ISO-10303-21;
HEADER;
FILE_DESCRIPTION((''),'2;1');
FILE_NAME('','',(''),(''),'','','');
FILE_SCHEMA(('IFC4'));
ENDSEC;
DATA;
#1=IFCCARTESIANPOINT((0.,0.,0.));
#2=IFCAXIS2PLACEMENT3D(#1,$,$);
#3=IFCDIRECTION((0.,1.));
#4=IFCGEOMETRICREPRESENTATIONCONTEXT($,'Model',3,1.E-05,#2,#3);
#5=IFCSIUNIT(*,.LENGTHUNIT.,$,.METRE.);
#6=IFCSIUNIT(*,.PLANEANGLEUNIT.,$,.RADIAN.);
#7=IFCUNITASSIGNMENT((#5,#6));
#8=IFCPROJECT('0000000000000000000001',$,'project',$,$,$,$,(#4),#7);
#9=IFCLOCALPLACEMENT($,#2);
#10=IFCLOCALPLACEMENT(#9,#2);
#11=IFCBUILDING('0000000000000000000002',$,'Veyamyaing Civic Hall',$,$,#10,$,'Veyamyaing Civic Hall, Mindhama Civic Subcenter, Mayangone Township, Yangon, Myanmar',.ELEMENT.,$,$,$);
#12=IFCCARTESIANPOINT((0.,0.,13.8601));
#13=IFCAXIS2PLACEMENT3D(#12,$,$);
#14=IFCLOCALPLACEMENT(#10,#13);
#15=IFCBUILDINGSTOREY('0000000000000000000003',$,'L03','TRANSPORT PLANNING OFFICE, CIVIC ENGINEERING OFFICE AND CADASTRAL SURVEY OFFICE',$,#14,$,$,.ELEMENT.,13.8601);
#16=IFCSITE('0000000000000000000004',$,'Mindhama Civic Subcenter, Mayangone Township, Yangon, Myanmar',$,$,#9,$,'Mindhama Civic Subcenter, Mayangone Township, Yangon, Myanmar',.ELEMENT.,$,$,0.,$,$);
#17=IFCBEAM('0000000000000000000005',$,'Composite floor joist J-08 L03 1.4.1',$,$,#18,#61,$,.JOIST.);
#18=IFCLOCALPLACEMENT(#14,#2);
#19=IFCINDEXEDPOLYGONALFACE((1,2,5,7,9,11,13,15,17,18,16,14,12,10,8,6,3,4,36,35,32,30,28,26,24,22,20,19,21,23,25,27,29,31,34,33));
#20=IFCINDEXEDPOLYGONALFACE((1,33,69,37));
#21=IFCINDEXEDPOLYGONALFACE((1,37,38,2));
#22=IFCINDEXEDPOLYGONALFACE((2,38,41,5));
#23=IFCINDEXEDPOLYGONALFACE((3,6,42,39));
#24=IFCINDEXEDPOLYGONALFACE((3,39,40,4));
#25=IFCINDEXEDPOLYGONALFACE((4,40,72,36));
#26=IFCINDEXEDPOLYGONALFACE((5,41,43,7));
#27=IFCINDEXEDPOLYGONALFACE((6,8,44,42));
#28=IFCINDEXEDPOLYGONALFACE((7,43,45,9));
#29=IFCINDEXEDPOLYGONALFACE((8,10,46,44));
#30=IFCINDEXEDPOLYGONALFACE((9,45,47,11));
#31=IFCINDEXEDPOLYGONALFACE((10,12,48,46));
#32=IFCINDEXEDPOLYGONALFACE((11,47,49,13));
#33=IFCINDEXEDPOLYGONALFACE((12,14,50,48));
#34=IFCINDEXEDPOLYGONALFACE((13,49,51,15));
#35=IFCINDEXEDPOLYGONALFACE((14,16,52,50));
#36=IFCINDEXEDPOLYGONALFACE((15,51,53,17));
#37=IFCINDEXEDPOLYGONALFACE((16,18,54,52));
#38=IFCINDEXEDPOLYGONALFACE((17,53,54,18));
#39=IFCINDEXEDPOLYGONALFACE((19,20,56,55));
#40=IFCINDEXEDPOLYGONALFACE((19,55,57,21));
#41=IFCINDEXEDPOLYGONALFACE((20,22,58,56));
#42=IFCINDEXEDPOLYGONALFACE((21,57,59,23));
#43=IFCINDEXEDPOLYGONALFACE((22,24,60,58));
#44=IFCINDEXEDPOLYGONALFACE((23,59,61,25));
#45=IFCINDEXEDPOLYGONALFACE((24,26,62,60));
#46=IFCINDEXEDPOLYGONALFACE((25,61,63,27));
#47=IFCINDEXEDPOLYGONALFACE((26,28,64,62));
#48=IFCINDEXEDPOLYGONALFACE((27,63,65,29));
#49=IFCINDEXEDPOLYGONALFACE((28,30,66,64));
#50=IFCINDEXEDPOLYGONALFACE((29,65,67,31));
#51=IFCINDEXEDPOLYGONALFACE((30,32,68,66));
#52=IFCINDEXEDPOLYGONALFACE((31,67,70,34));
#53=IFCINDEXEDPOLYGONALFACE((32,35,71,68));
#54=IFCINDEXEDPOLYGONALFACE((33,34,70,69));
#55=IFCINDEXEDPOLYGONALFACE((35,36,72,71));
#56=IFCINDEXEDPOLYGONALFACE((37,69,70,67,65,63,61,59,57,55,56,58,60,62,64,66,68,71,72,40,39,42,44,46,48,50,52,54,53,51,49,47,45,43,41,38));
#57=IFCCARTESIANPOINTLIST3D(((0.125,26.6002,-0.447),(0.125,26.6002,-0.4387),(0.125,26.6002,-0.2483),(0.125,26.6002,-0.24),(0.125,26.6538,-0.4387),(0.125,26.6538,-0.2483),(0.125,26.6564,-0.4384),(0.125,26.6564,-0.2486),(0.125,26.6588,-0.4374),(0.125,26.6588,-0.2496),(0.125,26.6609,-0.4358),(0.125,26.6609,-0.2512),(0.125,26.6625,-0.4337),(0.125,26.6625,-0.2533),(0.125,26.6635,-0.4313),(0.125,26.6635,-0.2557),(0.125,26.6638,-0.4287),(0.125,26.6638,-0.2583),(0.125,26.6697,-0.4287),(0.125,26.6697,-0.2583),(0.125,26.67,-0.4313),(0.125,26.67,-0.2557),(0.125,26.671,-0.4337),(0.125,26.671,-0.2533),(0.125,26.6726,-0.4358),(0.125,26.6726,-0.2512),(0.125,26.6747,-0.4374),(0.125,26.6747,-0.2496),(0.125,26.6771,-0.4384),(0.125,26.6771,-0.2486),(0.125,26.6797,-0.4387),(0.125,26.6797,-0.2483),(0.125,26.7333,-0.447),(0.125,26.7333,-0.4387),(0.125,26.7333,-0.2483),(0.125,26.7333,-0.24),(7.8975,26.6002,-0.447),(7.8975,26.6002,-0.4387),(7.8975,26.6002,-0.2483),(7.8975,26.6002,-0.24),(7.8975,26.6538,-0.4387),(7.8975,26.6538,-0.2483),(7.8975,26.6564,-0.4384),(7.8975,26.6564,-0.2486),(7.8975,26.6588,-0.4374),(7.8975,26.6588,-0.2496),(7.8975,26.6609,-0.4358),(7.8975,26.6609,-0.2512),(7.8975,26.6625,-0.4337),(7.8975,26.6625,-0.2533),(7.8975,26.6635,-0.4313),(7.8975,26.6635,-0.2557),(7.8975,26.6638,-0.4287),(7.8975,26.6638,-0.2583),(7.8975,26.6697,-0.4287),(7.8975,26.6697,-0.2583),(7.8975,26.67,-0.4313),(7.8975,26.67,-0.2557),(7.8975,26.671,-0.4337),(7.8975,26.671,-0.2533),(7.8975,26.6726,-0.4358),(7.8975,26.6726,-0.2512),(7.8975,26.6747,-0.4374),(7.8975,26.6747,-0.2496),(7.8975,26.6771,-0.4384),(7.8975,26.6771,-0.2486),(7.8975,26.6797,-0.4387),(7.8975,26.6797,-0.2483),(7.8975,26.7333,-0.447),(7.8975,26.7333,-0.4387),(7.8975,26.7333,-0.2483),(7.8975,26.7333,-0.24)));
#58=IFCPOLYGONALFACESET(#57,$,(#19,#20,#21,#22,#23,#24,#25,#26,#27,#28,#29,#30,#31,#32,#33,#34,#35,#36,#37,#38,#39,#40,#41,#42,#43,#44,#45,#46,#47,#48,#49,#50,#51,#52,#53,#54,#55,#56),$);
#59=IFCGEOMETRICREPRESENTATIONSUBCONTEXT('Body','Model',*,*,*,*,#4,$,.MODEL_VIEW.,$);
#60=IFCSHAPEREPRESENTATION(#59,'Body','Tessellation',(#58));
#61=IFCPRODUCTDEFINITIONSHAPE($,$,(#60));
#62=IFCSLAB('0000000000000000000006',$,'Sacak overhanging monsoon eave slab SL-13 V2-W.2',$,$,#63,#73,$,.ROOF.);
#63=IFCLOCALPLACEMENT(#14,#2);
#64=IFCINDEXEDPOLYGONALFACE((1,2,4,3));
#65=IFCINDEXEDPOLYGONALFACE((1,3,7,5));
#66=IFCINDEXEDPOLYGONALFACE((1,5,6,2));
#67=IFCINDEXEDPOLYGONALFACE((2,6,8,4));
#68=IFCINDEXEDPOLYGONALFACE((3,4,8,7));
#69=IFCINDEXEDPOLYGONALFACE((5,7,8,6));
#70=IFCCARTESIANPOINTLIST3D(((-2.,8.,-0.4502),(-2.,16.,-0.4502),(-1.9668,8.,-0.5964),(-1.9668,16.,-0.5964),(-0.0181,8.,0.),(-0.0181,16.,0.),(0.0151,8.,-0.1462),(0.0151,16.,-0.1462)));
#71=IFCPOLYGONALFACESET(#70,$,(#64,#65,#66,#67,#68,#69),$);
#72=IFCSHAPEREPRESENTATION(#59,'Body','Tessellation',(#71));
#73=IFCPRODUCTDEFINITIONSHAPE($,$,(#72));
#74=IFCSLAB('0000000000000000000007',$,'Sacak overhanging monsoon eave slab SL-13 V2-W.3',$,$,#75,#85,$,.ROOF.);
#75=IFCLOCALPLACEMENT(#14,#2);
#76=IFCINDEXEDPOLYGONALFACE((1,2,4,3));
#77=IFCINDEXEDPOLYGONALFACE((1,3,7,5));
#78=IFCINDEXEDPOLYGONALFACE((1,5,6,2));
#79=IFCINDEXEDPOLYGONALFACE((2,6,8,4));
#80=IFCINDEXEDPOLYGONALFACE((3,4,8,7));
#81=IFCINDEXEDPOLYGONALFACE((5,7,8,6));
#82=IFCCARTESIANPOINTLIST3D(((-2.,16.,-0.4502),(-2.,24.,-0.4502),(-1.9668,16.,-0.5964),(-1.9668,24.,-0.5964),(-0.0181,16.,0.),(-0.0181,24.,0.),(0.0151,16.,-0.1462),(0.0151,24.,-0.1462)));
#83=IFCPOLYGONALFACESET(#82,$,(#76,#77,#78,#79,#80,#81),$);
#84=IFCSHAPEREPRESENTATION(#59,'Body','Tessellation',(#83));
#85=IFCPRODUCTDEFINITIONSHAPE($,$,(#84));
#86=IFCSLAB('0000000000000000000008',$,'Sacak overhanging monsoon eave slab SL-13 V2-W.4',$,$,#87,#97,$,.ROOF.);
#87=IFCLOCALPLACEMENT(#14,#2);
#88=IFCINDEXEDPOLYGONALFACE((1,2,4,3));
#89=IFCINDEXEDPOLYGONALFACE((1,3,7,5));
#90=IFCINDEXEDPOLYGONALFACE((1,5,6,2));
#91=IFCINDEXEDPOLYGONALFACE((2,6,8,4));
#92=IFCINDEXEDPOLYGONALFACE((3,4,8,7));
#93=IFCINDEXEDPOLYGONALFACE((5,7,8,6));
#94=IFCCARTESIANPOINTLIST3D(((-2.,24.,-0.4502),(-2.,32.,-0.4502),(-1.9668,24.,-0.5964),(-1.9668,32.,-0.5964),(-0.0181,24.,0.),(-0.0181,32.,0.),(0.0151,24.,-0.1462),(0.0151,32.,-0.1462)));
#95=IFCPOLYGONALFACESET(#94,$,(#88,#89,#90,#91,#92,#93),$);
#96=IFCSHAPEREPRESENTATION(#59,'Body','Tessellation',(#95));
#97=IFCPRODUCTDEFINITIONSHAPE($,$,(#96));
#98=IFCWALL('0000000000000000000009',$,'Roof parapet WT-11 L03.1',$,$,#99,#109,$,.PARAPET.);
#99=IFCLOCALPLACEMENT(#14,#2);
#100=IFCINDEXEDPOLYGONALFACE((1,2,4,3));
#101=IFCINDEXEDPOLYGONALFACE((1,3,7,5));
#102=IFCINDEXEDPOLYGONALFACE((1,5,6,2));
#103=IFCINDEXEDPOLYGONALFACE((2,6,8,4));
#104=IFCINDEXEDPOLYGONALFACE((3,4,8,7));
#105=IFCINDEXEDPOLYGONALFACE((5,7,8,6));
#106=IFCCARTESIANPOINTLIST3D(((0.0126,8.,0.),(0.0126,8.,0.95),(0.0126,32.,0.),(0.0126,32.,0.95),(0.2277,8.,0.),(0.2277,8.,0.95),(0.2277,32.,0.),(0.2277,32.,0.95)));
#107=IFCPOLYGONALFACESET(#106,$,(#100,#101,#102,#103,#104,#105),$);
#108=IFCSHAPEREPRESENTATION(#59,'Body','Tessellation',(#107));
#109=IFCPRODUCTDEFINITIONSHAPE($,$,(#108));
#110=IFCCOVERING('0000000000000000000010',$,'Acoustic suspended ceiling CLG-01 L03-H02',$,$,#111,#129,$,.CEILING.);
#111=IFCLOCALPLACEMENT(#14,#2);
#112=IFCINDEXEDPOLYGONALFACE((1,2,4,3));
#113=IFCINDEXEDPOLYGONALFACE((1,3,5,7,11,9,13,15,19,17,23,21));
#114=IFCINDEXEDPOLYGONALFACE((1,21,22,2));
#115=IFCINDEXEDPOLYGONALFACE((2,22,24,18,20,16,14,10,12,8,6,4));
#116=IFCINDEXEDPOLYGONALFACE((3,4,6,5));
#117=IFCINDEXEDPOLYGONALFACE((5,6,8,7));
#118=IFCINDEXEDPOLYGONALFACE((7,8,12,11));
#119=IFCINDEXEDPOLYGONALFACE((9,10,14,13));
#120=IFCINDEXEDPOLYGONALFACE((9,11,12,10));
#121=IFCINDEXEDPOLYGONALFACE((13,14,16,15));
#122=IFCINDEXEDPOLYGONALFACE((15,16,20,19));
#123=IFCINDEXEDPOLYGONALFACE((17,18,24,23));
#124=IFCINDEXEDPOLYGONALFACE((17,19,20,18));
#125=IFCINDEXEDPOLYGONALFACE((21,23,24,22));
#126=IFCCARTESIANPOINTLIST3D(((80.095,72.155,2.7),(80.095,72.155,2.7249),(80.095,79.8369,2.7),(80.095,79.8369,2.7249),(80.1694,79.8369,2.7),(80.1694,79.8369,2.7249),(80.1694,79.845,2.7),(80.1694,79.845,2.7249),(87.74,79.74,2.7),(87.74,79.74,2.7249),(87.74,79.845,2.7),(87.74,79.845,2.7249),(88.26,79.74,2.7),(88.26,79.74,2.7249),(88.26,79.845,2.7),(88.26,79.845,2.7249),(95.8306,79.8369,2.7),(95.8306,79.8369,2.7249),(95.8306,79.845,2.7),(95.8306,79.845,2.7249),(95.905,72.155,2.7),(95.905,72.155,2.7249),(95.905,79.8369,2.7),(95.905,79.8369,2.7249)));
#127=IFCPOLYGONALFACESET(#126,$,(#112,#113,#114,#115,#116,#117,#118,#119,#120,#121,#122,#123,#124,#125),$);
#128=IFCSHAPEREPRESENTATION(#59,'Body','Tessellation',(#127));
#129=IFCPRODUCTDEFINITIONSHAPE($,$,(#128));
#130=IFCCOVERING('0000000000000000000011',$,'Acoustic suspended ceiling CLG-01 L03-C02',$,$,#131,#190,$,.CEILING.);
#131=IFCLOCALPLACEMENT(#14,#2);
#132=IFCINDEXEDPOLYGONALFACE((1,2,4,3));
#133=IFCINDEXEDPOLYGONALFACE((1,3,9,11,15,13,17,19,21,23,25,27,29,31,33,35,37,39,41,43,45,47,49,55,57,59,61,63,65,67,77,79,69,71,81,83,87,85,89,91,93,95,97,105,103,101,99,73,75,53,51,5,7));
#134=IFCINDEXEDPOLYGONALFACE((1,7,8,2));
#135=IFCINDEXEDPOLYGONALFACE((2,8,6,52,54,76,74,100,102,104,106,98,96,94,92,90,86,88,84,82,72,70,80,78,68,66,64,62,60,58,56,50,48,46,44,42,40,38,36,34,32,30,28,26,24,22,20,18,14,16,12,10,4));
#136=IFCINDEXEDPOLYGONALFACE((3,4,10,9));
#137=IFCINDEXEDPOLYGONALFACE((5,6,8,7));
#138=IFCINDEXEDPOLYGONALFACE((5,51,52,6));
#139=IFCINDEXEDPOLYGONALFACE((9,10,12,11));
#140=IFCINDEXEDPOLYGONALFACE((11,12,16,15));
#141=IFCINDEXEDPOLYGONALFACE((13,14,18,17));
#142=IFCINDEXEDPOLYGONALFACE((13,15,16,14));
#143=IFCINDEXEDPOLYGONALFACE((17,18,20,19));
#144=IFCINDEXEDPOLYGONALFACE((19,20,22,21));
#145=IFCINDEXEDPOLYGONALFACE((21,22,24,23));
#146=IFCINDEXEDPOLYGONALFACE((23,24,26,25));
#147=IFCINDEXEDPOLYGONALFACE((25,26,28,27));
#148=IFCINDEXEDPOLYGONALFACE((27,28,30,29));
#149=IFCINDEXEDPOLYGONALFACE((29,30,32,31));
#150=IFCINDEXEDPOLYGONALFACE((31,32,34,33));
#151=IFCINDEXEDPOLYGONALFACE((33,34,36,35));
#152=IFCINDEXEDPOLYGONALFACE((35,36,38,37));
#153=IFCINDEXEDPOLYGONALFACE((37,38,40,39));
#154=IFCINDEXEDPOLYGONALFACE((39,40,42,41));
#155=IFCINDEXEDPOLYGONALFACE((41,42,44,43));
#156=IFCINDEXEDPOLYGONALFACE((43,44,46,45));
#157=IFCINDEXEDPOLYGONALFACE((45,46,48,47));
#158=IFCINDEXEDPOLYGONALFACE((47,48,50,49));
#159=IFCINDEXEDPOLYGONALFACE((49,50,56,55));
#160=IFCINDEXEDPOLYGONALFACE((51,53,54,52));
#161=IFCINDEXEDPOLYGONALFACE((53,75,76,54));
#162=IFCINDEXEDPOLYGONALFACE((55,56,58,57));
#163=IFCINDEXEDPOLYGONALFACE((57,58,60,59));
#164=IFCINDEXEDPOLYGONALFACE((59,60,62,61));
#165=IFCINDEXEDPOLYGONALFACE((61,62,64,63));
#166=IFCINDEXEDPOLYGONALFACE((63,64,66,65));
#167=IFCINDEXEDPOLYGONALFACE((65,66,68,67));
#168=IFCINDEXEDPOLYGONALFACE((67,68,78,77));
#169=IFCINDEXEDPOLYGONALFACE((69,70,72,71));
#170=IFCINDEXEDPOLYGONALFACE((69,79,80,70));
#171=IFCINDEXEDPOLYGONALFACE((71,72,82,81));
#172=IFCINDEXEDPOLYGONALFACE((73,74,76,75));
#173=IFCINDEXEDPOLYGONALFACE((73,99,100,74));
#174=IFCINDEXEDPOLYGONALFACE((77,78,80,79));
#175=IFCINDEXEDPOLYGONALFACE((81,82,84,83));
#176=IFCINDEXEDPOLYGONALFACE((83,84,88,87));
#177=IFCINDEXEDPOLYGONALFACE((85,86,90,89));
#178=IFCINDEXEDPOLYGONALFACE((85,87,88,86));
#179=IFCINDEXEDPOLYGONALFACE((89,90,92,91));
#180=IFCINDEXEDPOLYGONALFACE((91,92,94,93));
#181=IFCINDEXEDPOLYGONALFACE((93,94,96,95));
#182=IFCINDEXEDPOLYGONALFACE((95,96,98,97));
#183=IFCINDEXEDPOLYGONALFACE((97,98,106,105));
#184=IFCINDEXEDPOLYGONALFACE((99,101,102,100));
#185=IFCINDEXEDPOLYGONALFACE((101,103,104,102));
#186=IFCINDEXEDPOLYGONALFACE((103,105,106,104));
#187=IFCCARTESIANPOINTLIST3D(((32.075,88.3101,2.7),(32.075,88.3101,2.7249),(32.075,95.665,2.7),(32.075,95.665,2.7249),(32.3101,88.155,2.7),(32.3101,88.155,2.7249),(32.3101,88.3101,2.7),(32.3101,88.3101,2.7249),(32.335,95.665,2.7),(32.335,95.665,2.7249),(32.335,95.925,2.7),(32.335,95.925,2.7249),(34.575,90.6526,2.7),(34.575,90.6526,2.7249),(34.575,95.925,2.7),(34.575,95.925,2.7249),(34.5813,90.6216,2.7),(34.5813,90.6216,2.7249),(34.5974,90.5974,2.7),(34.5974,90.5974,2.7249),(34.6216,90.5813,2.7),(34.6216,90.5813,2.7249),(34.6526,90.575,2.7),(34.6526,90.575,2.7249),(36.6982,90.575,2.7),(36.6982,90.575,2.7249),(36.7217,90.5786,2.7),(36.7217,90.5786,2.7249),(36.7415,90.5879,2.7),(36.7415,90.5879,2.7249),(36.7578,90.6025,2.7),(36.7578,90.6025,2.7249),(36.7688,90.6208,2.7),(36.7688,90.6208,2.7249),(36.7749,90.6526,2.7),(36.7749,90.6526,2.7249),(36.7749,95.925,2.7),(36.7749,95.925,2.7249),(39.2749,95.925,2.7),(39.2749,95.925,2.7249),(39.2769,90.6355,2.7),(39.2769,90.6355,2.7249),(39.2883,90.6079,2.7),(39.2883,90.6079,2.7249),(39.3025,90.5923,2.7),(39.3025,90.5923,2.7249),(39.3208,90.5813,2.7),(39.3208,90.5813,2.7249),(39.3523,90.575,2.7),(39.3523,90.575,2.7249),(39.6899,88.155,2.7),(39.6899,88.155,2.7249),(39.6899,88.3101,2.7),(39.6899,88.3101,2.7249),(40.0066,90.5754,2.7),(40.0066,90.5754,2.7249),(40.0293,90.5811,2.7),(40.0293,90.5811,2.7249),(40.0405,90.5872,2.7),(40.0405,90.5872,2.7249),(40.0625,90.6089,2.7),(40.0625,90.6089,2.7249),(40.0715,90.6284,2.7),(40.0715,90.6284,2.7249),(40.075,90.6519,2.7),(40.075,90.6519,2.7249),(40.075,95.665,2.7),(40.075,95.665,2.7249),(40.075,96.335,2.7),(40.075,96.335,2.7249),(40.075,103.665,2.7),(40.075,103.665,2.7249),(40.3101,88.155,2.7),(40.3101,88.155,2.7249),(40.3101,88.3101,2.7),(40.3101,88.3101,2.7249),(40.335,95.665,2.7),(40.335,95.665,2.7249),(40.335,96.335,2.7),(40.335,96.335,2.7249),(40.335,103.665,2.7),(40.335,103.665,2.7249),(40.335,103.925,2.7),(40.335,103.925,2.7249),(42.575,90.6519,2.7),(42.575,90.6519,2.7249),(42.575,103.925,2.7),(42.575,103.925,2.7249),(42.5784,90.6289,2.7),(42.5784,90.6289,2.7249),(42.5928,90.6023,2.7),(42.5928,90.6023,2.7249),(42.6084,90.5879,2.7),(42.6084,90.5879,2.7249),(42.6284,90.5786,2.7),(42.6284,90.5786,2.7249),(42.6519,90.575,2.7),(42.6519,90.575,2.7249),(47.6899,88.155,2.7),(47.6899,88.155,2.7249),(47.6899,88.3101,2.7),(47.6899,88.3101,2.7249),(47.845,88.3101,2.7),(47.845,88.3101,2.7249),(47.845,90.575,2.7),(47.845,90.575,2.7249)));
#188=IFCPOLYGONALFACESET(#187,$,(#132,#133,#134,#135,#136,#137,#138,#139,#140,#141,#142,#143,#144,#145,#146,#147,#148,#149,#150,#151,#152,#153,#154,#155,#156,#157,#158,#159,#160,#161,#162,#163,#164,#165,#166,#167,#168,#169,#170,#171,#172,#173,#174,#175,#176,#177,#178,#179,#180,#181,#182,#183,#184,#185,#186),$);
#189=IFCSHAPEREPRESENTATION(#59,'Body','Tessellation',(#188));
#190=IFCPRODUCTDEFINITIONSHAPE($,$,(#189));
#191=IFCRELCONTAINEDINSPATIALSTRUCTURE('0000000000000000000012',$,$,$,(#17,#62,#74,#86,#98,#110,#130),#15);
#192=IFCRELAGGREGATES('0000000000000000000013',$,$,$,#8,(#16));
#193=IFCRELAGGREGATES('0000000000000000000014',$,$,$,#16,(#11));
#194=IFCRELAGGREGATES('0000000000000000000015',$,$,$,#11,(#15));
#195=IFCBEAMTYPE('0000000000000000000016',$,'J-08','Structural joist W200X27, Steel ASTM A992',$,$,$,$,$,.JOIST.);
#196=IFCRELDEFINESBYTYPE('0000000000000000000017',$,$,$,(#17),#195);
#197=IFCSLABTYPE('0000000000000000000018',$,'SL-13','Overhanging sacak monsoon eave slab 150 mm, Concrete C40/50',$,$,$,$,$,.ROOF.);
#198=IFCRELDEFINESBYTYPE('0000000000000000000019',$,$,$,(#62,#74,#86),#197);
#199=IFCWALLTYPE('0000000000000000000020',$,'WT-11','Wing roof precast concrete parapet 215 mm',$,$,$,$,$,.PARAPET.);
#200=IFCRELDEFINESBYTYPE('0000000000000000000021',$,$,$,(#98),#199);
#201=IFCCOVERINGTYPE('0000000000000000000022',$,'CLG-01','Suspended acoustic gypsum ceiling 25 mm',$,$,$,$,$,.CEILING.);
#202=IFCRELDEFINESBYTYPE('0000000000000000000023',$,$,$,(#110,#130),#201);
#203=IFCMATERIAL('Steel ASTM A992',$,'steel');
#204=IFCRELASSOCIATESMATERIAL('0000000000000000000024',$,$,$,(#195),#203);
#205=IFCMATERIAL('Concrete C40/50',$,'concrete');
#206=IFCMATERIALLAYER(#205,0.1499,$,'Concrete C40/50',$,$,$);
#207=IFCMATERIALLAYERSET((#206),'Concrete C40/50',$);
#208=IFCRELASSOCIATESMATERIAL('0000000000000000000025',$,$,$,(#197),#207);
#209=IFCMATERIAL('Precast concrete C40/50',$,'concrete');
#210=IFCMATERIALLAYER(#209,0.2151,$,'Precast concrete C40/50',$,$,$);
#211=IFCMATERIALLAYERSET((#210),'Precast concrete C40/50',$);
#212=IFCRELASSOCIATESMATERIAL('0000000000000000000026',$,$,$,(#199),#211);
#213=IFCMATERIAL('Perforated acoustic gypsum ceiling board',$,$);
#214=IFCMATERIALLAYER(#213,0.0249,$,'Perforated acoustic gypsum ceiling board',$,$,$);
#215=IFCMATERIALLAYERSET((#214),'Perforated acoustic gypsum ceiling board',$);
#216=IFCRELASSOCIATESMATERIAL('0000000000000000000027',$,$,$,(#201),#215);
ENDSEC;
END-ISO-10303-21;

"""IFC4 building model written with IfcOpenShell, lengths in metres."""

from ifc_helpers import new_model, si_unit, direction, frame, frame_2d, origin, origin_2d, place, context, subcontext, project, spatial, polyline, rectangle, i_section, outline, extrude, material, layer, layer_set, material_profile, profile_set, type_object, element, save


model = new_model("IFC4")

# Units and contexts
model_context = context("Model", 3, precision=1e-05, world=origin(), true_north=direction((0.0, 1.0)))
body_context = subcontext(model_context, "Body", "Model", "MODEL_VIEW")
ifc_project = project(units=[si_unit("LENGTHUNIT", "METRE"), si_unit("PLANEANGLEUNIT", "RADIAN")], contexts=[model_context])

# Site, building, storey
site_placement = place(None, origin())
site = spatial("IfcSite", under=ifc_project, at=site_placement, Name="Mindhama Civic Subcenter, Mayangone Township, Yangon, Myanmar", LongName="Mindhama Civic Subcenter, Mayangone Township, Yangon, Myanmar", CompositionType="ELEMENT", RefElevation=0.0)
building_placement = place(site_placement, origin())
building = spatial("IfcBuilding", under=site, at=building_placement, Name="Veyamyaing Civic Hall", LongName="Veyamyaing Civic Hall, Mindhama Civic Subcenter, Mayangone Township, Yangon, Myanmar", CompositionType="ELEMENT")
storey_placement = place(building_placement, frame((0.0, 0.0, 13.8601)))
storey = spatial("IfcBuildingStorey", under=building, at=storey_placement, Name="L03", Description="TRANSPORT PLANNING OFFICE, CIVIC ENGINEERING OFFICE AND CADASTRAL SURVEY OFFICE", CompositionType="ELEMENT", Elevation=13.8601)

# Beam
ifc_material_1 = material(Name="Steel ASTM A992", Category="steel")
ifc_material_profile_1 = material_profile(ifc_material_1, i_section(OverallWidth=0.1331, OverallDepth=0.207, WebThickness=0.0059, FlangeThickness=0.0083, FilletRadius=0.01, at=origin_2d()), Name="W200X27")
ifc_profile_set_1 = profile_set([ifc_material_profile_1], Name="Steel ASTM A992")
beam_type_1 = type_object("IfcBeamType", Name="J-08", Description="Structural joist W200X27, Steel ASTM A992", PredefinedType="JOIST", material=ifc_profile_set_1)
beam_1_placement = place(storey_placement, frame((0.125, 26.6667, -0.3435), z_axis=(1.0, 0.0, 0.0), x_axis=(0.0, 1.0, 0.0)))
element("IfcBeam", 1, at=beam_1_placement, inside=storey, type_object=beam_type_1, Name="Composite floor joist J-08 L03 1.4.1", PredefinedType="JOIST", context=body_context, shape_type="SweptSolid", body=[
    extrude(i_section(OverallWidth=0.1331, OverallDepth=0.207, WebThickness=0.0059, FlangeThickness=0.0083, FilletRadius=0.01, at=origin_2d()), origin(), (0.0, 0.0, 1.0), 7.7725),
])

# Slabs
ifc_material_2 = material(Name="Concrete C40/50", Category="concrete")
ifc_layer_1 = layer(ifc_material_2, 0.1499, Name="Concrete C40/50")
ifc_layer_set_1 = layer_set([ifc_layer_1], Name="Concrete C40/50")
slab_type = type_object("IfcSlabType", Name="SL-13", Description="Overhanging sacak monsoon eave slab 150 mm, Concrete C40/50", PredefinedType="ROOF", material=ifc_layer_set_1)
for number, where, z_axis, x_axis, name in (
    (2, (-2.0, 8.0, -0.4502), (-0.221507, 0.0, 0.975159), (0.975159, 0.0, 0.221507), "Sacak overhanging monsoon eave slab SL-13 V2-W.2"),
    (3, (-2.0, 16.0, -0.4502), (-0.221507, 0.0, 0.975159), (0.975159, 0.0, 0.221507), "Sacak overhanging monsoon eave slab SL-13 V2-W.3"),
    (4, (-2.0, 24.0, -0.4502), (-0.221507, 0.0, 0.975159), (0.975159, 0.0, 0.221507), "Sacak overhanging monsoon eave slab SL-13 V2-W.4"),
):
    element("IfcSlab", number, at=place(storey_placement, frame(where, z_axis=z_axis, x_axis=x_axis)), inside=storey, type_object=slab_type, Name=name, PredefinedType="ROOF", context=body_context, shape_type="SweptSolid", body=[
        extrude(outline(polyline([(0.0, 0.0), (2.0324, 0.0), (2.0324, 8.0), (0.0, 8.0), (0.0, 0.0)])), origin(), (0.0, 0.0, -1.0), 0.1499),
    ])

# Wall
ifc_material_3 = material(Name="Precast concrete C40/50", Category="concrete")
ifc_layer_2 = layer(ifc_material_3, 0.2151, Name="Precast concrete C40/50")
ifc_layer_set_2 = layer_set([ifc_layer_2], Name="Precast concrete C40/50")
wall_type = type_object("IfcWallType", Name="WT-11", Description="Wing roof precast concrete parapet 215 mm", PredefinedType="PARAPET", material=ifc_layer_set_2)
wall_placement = place(storey_placement, frame((0.1201, 8.0, 0.0), z_axis=(0.0, 0.0, 1.0), x_axis=(0.0, 1.0, 0.0)))
element("IfcWall", 5, at=wall_placement, inside=storey, type_object=wall_type, Name="Roof parapet WT-11 L03.1", PredefinedType="PARAPET", context=body_context, shape_type="SweptSolid", body=[
    extrude(rectangle(XDim=24.0, YDim=0.2151, at=frame_2d((12.0, 0.0))), origin(), (0.0, 0.0, 1.0), 0.95),
])

# Coverings
ifc_material_4 = material(Name="Perforated acoustic gypsum ceiling board")
ifc_layer_3 = layer(ifc_material_4, 0.0249, Name="Perforated acoustic gypsum ceiling board")
ifc_layer_set_3 = layer_set([ifc_layer_3], Name="Perforated acoustic gypsum ceiling board")
covering_type_1 = type_object("IfcCoveringType", Name="CLG-01", Description="Suspended acoustic gypsum ceiling 25 mm", PredefinedType="CEILING", material=ifc_layer_set_3)
covering_1_placement = place(storey_placement, frame((0.0, 0.0, 2.7)))
element("IfcCovering", 6, at=covering_1_placement, inside=storey, type_object=covering_type_1, Name="Acoustic suspended ceiling CLG-01 L03-H02", PredefinedType="CEILING", context=body_context, shape_type="SweptSolid", body=[
    extrude(outline(polyline([(80.1694, 79.8369), (80.1694, 79.845), (87.74, 79.845), (87.74, 79.74), (88.26, 79.74), (88.26, 79.845), (95.8306, 79.845), (95.8306, 79.8369), (95.905, 79.8369), (95.905, 72.155), (80.095, 72.155), (80.095, 79.8369), (80.1694, 79.8369)])), origin(), (0.0, 0.0, 1.0), 0.0249),
])
covering_2_placement = place(storey_placement, frame((0.0, 0.0, 2.7)))
element("IfcCovering", 7, at=covering_2_placement, inside=storey, type_object=covering_type_1, Name="Acoustic suspended ceiling CLG-01 L03-C02", PredefinedType="CEILING", context=body_context, shape_type="SweptSolid", body=[
    extrude(outline(polyline([(34.575, 90.6526), (34.5813, 90.6216), (34.5974, 90.5974), (34.6216, 90.5813), (34.6526, 90.575), (36.6982, 90.575), (36.7217, 90.5786), (36.7415, 90.5879), (36.7578, 90.6025), (36.7688, 90.6208), (36.7749, 90.6526), (36.7749, 95.925), (39.2749, 95.925), (39.2769, 90.6355), (39.2883, 90.6079), (39.3025, 90.5923), (39.3208, 90.5813), (39.3523, 90.575), (40.0066, 90.5754), (40.0293, 90.5811), (40.0405, 90.5872), (40.0625, 90.6089), (40.0715, 90.6284), (40.075, 90.6519), (40.075, 95.665), (40.335, 95.665), (40.335, 96.335), (40.075, 96.335), (40.075, 103.665), (40.335, 103.665), (40.335, 103.925), (42.575, 103.925), (42.575, 90.6519), (42.5784, 90.6289), (42.5928, 90.6023), (42.6084, 90.5879), (42.6284, 90.5786), (42.6519, 90.575), (47.845, 90.575), (47.845, 88.3101), (47.6899, 88.3101), (47.6899, 88.155), (40.3101, 88.155), (40.3101, 88.3101), (39.6899, 88.3101), (39.6899, 88.155), (32.3101, 88.155), (32.3101, 88.3101), (32.075, 88.3101), (32.075, 95.665), (32.335, 95.665), (32.335, 95.925), (34.575, 95.925), (34.575, 90.6526)])), origin(), (0.0, 0.0, 1.0), 0.0249),
])

save(model, "model.ifc")
